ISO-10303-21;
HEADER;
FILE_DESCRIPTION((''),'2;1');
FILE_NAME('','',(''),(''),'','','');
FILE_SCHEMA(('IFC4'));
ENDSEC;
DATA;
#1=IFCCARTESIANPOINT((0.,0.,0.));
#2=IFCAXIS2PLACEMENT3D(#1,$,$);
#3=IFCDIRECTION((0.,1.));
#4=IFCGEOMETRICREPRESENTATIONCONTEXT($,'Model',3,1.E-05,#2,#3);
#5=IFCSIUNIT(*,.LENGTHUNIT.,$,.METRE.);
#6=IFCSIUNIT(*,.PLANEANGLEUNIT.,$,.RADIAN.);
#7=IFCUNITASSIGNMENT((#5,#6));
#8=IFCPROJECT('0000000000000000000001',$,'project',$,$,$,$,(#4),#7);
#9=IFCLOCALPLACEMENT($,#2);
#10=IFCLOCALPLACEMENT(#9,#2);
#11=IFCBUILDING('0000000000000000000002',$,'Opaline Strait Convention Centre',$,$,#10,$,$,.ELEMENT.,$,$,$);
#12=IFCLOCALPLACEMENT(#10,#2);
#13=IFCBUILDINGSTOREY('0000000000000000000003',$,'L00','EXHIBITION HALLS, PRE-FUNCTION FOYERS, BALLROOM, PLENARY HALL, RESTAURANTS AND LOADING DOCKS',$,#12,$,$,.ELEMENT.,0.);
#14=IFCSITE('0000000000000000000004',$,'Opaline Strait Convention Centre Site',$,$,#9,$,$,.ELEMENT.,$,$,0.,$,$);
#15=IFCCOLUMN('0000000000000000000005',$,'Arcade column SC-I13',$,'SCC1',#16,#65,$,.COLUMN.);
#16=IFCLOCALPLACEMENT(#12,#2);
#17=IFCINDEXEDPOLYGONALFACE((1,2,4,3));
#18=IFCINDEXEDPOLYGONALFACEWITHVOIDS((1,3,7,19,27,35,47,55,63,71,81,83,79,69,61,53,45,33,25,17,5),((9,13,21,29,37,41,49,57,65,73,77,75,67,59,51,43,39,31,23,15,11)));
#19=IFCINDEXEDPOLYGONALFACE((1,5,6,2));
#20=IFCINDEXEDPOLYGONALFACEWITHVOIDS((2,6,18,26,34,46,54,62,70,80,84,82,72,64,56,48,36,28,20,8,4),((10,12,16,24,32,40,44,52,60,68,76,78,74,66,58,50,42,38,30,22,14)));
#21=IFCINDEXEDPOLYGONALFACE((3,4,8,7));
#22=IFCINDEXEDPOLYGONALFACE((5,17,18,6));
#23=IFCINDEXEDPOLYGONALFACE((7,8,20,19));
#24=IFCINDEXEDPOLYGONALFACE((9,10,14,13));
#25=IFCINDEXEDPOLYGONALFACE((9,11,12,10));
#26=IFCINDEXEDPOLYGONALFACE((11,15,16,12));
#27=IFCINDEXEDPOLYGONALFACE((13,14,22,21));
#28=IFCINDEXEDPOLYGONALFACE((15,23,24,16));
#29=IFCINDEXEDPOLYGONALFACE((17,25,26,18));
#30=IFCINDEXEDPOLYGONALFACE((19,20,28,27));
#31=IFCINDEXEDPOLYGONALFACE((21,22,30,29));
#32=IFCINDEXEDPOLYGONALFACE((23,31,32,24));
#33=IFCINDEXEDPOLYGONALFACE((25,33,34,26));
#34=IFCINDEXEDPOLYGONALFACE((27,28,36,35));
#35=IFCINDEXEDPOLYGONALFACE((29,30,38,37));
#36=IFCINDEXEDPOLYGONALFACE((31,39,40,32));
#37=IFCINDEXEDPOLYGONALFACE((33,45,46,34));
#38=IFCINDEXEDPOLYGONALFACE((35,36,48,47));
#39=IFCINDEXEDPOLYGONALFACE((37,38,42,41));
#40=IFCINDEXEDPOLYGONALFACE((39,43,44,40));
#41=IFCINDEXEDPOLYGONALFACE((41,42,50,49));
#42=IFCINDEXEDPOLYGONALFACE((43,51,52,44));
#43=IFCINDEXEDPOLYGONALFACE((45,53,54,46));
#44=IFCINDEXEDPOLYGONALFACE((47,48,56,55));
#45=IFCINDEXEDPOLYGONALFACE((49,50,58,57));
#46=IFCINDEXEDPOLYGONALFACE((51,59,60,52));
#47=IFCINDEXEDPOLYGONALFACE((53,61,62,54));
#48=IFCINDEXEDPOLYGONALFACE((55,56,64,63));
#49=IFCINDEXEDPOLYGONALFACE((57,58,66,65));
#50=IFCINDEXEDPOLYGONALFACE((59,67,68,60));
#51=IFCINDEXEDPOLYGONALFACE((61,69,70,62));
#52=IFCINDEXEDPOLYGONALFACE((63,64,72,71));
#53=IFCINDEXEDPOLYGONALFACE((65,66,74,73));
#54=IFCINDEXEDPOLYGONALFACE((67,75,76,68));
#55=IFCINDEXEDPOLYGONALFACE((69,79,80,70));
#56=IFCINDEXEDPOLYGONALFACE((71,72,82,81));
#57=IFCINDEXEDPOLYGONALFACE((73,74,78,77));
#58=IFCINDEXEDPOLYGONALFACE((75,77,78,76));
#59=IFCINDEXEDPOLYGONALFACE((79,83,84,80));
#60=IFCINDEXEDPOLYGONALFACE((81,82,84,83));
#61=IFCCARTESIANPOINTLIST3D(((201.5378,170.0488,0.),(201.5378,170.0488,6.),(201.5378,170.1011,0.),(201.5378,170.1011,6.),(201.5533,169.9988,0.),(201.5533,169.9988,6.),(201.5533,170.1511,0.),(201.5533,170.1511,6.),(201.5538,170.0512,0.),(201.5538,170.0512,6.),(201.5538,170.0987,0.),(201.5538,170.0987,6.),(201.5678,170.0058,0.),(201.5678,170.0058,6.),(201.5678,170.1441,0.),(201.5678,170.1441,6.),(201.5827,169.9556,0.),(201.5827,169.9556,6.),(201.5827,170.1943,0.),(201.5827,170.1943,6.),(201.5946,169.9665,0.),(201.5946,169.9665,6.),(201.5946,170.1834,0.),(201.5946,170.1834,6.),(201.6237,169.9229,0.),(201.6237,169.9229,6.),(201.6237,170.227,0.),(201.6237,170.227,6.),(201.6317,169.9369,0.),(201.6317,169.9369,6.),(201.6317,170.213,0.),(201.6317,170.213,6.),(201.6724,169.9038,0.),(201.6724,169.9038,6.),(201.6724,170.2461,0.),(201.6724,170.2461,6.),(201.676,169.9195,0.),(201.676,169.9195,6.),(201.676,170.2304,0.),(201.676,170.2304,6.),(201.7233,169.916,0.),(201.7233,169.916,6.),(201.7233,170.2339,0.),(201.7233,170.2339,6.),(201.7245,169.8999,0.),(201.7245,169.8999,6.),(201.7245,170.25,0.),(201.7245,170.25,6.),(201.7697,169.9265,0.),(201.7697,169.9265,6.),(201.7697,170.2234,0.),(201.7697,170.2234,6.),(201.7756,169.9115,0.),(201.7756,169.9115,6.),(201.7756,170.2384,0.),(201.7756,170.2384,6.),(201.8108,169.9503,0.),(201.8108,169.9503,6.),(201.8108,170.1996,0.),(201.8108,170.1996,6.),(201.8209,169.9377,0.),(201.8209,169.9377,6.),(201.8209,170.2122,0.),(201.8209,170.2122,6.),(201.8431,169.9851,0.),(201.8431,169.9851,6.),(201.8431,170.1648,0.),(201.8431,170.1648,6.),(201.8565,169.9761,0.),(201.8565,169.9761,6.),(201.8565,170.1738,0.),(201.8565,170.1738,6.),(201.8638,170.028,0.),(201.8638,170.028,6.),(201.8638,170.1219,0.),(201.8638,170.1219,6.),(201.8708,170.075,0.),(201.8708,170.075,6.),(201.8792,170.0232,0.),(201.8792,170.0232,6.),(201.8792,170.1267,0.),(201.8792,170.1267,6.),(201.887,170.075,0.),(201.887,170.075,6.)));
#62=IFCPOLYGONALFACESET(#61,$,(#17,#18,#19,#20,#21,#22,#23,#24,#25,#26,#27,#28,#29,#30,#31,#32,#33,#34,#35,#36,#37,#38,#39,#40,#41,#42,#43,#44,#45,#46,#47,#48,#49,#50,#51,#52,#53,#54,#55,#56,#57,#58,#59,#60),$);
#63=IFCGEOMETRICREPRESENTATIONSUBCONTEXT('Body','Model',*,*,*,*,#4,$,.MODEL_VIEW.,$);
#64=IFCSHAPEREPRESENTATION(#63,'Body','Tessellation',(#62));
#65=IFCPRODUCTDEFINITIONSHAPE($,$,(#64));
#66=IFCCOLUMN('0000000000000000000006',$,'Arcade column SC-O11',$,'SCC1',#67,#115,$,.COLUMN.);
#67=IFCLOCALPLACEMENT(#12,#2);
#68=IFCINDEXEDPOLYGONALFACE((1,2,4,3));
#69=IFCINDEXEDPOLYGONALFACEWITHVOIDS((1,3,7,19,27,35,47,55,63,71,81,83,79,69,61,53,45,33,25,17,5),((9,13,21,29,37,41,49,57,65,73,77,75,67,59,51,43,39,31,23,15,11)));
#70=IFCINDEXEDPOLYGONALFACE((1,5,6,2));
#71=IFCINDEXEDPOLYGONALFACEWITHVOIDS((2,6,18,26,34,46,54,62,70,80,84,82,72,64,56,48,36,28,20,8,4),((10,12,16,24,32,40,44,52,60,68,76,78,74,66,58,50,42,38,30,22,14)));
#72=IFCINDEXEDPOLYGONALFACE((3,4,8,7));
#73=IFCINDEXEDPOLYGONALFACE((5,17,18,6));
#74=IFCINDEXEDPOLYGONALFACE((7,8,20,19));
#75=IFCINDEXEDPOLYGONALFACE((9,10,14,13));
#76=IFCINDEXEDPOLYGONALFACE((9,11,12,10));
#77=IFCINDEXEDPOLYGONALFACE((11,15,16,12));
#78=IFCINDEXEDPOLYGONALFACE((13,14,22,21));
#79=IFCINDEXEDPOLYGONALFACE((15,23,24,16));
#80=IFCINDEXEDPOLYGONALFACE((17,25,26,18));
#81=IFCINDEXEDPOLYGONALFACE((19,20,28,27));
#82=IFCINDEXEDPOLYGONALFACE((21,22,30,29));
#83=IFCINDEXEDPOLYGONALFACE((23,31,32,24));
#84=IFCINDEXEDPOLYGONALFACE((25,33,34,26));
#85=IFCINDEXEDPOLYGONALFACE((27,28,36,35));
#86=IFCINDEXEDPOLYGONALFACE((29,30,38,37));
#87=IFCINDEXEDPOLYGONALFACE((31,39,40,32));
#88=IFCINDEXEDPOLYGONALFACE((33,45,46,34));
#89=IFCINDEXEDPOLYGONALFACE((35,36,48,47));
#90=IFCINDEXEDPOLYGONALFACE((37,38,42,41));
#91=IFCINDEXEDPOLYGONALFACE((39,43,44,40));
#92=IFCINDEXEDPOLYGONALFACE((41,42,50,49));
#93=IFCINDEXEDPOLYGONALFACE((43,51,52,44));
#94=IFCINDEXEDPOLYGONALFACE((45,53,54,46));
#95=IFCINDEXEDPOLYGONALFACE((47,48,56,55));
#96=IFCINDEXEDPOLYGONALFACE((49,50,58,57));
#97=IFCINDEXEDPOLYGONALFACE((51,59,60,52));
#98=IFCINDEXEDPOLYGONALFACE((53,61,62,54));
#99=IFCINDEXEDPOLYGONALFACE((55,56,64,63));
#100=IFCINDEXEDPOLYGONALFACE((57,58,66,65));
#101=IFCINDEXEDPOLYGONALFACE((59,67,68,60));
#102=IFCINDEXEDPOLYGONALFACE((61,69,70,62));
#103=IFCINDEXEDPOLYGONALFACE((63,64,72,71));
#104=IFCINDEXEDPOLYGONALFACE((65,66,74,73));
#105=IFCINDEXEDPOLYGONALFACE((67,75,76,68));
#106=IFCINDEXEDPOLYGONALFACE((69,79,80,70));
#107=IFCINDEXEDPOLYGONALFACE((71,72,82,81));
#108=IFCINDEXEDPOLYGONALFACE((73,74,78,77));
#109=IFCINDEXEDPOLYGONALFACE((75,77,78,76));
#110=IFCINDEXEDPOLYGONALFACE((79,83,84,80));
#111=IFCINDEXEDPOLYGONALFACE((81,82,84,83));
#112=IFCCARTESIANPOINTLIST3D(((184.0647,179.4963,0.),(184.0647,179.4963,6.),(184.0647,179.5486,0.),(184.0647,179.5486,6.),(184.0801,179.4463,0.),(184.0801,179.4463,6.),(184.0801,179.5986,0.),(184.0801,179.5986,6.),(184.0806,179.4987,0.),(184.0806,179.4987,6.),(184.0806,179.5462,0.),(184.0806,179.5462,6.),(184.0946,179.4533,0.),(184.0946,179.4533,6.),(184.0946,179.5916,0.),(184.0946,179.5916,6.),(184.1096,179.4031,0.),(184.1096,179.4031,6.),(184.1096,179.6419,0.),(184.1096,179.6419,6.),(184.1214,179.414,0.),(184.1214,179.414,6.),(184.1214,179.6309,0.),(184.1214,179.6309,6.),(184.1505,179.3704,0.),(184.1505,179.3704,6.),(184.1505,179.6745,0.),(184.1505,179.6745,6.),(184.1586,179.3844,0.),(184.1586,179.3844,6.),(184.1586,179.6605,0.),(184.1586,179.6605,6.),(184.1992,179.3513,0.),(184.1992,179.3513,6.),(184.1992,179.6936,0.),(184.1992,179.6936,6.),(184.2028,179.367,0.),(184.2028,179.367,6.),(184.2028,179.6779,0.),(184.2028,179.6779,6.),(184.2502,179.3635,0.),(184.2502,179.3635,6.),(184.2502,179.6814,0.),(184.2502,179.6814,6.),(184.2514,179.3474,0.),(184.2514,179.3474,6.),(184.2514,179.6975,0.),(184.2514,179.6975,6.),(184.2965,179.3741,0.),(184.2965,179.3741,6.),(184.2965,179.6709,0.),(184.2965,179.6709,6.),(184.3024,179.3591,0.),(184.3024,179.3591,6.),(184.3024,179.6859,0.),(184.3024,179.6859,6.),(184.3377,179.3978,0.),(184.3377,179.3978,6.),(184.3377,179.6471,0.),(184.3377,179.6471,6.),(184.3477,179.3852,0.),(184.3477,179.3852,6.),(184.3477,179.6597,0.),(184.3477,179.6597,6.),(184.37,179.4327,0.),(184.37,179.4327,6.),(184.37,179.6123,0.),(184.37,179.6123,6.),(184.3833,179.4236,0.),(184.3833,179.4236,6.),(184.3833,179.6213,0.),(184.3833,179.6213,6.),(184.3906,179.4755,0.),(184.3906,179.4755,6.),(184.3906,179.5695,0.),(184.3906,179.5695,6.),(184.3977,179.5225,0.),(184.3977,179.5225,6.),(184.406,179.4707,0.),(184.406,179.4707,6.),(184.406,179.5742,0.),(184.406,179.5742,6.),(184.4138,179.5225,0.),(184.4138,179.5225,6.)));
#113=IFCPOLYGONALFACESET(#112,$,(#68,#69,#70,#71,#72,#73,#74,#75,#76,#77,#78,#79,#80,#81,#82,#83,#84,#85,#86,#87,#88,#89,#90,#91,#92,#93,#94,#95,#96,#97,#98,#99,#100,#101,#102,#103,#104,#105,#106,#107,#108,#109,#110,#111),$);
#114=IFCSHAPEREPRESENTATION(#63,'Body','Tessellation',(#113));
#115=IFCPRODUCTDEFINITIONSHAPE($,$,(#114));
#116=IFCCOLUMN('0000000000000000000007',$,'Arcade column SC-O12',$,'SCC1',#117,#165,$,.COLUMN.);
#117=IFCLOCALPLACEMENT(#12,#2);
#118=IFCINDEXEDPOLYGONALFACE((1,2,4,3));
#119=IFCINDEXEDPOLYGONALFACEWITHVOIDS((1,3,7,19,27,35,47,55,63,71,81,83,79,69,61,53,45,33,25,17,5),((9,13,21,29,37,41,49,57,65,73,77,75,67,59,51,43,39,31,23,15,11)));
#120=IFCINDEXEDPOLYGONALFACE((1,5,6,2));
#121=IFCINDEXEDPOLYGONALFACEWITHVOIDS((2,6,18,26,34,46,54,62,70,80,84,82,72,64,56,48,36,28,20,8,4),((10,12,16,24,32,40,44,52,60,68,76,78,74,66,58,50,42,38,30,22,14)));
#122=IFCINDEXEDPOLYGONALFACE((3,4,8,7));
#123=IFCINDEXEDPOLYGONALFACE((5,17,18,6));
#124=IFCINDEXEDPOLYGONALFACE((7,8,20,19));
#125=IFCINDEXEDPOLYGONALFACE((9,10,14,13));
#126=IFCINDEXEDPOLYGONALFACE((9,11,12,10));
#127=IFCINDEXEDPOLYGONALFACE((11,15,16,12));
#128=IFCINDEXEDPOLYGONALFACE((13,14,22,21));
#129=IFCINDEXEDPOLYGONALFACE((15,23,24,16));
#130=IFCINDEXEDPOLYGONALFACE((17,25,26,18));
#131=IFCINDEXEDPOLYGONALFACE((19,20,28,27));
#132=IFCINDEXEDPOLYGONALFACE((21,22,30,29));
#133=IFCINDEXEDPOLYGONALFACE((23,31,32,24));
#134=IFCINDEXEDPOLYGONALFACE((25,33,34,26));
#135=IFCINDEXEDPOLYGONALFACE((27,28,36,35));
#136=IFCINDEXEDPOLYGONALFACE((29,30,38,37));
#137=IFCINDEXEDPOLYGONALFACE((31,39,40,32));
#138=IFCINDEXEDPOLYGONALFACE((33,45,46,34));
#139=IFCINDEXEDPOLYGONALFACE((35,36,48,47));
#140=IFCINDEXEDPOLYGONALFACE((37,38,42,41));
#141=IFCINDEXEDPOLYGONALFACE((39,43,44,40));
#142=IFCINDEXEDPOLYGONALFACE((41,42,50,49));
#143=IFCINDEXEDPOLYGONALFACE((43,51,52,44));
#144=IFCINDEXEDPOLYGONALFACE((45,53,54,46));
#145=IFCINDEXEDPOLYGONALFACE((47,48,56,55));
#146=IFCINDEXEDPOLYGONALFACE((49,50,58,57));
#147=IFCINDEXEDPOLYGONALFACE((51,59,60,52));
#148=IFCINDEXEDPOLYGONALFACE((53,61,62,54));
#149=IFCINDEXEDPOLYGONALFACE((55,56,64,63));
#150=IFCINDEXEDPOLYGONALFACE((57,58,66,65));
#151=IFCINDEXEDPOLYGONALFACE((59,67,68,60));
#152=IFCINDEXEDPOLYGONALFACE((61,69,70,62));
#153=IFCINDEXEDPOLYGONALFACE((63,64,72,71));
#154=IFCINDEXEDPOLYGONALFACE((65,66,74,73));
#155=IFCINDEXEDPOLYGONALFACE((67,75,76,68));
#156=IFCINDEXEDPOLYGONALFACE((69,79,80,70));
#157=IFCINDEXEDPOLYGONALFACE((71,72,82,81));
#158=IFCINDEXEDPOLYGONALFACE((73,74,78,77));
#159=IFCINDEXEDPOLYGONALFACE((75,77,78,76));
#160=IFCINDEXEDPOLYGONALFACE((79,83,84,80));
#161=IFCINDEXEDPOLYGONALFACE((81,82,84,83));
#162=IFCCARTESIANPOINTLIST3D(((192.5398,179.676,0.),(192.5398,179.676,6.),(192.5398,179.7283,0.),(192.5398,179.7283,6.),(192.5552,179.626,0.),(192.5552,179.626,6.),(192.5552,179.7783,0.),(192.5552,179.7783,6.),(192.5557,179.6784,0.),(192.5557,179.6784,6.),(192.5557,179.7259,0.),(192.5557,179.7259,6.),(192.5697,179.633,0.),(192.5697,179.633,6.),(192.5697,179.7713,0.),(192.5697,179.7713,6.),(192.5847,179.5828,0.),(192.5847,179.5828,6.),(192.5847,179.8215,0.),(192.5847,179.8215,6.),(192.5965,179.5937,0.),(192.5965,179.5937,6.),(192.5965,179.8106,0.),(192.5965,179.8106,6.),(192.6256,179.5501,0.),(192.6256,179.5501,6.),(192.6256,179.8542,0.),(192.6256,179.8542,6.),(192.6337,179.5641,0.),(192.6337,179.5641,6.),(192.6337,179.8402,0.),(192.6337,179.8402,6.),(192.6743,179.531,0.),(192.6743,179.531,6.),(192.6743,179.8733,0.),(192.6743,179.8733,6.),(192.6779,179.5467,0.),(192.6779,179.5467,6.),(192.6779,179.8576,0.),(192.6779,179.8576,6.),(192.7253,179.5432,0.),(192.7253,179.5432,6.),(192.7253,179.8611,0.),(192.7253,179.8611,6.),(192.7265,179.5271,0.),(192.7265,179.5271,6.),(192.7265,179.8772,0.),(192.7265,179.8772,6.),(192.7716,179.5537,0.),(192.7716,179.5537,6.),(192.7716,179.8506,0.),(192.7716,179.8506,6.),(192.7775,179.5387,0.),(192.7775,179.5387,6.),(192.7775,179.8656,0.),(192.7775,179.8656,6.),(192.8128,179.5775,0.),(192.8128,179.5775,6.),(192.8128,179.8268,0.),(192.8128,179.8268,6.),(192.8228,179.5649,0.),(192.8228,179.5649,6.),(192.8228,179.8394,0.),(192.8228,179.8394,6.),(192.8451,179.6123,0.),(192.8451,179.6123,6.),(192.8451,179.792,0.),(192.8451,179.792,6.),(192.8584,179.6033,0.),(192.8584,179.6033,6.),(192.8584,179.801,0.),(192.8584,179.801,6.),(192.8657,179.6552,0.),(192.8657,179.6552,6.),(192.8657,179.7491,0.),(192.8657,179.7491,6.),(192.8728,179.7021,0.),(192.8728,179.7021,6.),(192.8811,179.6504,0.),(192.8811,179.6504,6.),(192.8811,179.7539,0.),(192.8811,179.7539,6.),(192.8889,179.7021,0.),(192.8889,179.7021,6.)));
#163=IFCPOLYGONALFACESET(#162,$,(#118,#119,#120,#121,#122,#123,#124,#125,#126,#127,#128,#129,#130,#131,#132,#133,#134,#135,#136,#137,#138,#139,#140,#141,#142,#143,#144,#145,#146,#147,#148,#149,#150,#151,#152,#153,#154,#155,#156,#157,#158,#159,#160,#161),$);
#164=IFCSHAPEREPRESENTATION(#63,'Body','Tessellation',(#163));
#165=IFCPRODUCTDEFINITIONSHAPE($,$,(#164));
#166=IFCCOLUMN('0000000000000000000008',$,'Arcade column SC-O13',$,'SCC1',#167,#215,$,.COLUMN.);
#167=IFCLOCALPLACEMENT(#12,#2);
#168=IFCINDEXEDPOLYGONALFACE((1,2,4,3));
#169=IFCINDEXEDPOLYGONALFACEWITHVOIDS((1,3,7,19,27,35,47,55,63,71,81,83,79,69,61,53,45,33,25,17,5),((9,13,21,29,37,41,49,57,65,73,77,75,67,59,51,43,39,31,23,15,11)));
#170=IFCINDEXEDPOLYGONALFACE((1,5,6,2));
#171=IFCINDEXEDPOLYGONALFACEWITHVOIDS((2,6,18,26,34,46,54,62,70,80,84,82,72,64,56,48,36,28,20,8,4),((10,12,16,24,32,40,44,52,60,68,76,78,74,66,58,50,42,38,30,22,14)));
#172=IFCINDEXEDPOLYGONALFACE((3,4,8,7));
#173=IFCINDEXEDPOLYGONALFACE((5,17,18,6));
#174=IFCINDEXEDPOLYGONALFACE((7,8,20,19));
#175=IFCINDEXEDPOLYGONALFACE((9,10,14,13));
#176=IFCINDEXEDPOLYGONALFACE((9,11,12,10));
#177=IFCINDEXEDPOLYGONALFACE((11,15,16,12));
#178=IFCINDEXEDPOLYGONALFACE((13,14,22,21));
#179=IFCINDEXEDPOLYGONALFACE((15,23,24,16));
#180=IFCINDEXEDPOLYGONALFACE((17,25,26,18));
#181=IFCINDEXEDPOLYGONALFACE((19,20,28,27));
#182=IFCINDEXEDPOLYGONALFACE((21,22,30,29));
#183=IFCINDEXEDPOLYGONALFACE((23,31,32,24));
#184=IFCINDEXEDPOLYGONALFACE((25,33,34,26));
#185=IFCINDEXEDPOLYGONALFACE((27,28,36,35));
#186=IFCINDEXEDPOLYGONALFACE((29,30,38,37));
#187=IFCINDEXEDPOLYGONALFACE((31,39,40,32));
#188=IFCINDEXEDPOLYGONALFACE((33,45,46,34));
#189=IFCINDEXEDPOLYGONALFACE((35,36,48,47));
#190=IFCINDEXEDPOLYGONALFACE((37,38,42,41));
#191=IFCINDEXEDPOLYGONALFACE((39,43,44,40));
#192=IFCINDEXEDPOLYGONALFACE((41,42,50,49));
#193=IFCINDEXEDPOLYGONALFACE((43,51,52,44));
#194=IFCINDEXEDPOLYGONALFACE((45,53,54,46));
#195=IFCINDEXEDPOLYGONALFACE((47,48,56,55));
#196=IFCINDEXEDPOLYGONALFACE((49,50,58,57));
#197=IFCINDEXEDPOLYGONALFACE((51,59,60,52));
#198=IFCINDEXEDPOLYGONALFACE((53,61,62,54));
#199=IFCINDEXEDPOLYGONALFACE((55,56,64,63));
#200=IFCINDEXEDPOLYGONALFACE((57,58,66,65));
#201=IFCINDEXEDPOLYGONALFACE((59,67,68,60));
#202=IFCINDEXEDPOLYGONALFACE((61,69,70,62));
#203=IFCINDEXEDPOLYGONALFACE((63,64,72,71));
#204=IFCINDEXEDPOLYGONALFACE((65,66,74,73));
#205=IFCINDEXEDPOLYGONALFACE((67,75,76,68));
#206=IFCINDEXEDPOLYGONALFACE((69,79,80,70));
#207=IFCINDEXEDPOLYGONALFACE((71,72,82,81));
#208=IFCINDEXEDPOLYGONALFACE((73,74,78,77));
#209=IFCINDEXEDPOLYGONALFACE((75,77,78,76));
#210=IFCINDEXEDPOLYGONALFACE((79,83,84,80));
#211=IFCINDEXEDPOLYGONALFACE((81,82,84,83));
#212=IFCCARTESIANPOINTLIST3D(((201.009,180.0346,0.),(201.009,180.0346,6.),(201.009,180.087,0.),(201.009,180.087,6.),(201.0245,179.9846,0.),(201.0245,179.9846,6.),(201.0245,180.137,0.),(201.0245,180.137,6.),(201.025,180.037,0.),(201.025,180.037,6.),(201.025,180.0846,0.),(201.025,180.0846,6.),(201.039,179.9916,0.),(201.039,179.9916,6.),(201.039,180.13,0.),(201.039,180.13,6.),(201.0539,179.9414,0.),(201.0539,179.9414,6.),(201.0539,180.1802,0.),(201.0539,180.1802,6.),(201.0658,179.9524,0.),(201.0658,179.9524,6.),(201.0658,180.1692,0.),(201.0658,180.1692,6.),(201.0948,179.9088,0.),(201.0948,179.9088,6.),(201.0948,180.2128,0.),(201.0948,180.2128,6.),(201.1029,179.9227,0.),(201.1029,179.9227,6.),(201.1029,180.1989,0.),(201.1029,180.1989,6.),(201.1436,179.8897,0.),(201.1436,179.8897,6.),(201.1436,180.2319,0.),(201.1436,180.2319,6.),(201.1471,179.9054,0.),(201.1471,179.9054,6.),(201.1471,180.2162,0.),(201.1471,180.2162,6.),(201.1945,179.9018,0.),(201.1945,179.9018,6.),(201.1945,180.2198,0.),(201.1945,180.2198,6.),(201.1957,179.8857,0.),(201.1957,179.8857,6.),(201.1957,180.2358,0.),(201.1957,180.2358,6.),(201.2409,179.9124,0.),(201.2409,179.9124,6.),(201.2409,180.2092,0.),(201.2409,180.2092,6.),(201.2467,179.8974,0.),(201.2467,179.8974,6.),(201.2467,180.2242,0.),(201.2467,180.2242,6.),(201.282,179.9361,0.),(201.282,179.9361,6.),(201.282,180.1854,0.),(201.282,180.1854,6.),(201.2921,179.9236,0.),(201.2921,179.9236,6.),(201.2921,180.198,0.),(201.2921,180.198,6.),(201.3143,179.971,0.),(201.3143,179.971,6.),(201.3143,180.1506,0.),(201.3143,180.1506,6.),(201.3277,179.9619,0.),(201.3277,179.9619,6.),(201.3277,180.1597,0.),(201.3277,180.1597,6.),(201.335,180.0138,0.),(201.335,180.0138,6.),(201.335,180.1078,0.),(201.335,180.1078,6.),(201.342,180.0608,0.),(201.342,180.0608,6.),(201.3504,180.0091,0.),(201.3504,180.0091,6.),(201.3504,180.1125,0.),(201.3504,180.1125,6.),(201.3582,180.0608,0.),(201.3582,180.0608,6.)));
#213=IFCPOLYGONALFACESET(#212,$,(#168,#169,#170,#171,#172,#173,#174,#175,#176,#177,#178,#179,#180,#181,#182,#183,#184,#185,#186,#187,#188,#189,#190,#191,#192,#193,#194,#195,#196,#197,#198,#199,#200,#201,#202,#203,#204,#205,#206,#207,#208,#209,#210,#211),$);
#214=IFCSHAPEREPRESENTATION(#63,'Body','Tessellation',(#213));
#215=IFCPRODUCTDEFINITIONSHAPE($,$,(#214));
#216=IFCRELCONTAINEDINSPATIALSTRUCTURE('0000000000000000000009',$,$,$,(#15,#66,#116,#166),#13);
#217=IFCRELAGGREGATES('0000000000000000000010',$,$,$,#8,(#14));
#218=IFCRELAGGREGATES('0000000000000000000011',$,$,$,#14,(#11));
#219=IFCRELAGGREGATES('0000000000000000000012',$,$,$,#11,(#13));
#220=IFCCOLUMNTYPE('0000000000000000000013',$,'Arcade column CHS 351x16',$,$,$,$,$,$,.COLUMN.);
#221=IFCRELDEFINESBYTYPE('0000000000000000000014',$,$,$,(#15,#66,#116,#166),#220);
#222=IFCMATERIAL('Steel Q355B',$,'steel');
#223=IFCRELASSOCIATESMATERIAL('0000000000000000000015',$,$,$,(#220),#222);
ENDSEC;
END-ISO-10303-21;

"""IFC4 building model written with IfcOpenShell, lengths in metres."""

from ifc_helpers import new_model, si_unit, direction, frame, origin, origin_2d, place, context, subcontext, project, spatial, hollow_circle, extrude, material, material_profile, profile_set, type_object, element, save


model = new_model("IFC4")

# Units and contexts
model_context = context("Model", 3, precision=1e-05, world=origin(), true_north=direction((0.0, 1.0)))
body_context = subcontext(model_context, "Body", "Model", "MODEL_VIEW")
ifc_project = project(units=[si_unit("LENGTHUNIT", "METRE"), si_unit("PLANEANGLEUNIT", "RADIAN")], contexts=[model_context])

# Site, building, storey
site_placement = place(None, origin())
site = spatial("IfcSite", under=ifc_project, at=site_placement, Name="Opaline Strait Convention Centre Site", CompositionType="ELEMENT", RefElevation=0.0)
building_placement = place(site_placement, origin())
building = spatial("IfcBuilding", under=site, at=building_placement, Name="Opaline Strait Convention Centre", CompositionType="ELEMENT")
storey_placement = place(building_placement, origin())
storey = spatial("IfcBuildingStorey", under=building, at=storey_placement, Name="L00", Description="EXHIBITION HALLS, PRE-FUNCTION FOYERS, BALLROOM, PLENARY HALL, RESTAURANTS AND LOADING DOCKS", CompositionType="ELEMENT", Elevation=0.0)

# Columns
ifc_material_1 = material(Name="Steel Q355B", Category="steel")
ifc_material_profile_1 = material_profile(ifc_material_1, hollow_circle(Radius=0.1755, WallThickness=0.0161, at=origin_2d()), Name="CHS 351x16")
ifc_profile_set_1 = profile_set([ifc_material_profile_1], Name="Steel Q355B")
column_type = type_object("IfcColumnType", Name="Arcade column CHS 351x16", PredefinedType="COLUMN", material=ifc_profile_set_1)
for number, where, z_axis, x_axis, name in (
    (1, (201.7114, 170.075, 0.0), (0.0, 0.0, 1.0), (1.0, 0.0, 0.0), "Arcade column SC-I13"),
    (2, (184.2383, 179.5225, 0.0), (0.0, 0.0, 1.0), (1.0, 0.0, 0.0), "Arcade column SC-O11"),
    (3, (192.7134, 179.7021, 0.0), (0.0, 0.0, 1.0), (1.0, 0.0, 0.0), "Arcade column SC-O12"),
    (4, (201.1826, 180.0608, 0.0), (0.0, 0.0, 1.0), (1.0, 0.0, 0.0), "Arcade column SC-O13"),
):
    element("IfcColumn", number, at=place(storey_placement, frame(where, z_axis=z_axis, x_axis=x_axis)), inside=storey, type_object=column_type, Name=name, ObjectType="SCC1", PredefinedType="COLUMN", context=body_context, shape_type="SweptSolid", body=[
        extrude(hollow_circle(Radius=0.1755, WallThickness=0.0161, at=origin_2d()), origin(), (0.0, 0.0, 1.0), 6.0),
    ])

save(model, "model.ifc")
